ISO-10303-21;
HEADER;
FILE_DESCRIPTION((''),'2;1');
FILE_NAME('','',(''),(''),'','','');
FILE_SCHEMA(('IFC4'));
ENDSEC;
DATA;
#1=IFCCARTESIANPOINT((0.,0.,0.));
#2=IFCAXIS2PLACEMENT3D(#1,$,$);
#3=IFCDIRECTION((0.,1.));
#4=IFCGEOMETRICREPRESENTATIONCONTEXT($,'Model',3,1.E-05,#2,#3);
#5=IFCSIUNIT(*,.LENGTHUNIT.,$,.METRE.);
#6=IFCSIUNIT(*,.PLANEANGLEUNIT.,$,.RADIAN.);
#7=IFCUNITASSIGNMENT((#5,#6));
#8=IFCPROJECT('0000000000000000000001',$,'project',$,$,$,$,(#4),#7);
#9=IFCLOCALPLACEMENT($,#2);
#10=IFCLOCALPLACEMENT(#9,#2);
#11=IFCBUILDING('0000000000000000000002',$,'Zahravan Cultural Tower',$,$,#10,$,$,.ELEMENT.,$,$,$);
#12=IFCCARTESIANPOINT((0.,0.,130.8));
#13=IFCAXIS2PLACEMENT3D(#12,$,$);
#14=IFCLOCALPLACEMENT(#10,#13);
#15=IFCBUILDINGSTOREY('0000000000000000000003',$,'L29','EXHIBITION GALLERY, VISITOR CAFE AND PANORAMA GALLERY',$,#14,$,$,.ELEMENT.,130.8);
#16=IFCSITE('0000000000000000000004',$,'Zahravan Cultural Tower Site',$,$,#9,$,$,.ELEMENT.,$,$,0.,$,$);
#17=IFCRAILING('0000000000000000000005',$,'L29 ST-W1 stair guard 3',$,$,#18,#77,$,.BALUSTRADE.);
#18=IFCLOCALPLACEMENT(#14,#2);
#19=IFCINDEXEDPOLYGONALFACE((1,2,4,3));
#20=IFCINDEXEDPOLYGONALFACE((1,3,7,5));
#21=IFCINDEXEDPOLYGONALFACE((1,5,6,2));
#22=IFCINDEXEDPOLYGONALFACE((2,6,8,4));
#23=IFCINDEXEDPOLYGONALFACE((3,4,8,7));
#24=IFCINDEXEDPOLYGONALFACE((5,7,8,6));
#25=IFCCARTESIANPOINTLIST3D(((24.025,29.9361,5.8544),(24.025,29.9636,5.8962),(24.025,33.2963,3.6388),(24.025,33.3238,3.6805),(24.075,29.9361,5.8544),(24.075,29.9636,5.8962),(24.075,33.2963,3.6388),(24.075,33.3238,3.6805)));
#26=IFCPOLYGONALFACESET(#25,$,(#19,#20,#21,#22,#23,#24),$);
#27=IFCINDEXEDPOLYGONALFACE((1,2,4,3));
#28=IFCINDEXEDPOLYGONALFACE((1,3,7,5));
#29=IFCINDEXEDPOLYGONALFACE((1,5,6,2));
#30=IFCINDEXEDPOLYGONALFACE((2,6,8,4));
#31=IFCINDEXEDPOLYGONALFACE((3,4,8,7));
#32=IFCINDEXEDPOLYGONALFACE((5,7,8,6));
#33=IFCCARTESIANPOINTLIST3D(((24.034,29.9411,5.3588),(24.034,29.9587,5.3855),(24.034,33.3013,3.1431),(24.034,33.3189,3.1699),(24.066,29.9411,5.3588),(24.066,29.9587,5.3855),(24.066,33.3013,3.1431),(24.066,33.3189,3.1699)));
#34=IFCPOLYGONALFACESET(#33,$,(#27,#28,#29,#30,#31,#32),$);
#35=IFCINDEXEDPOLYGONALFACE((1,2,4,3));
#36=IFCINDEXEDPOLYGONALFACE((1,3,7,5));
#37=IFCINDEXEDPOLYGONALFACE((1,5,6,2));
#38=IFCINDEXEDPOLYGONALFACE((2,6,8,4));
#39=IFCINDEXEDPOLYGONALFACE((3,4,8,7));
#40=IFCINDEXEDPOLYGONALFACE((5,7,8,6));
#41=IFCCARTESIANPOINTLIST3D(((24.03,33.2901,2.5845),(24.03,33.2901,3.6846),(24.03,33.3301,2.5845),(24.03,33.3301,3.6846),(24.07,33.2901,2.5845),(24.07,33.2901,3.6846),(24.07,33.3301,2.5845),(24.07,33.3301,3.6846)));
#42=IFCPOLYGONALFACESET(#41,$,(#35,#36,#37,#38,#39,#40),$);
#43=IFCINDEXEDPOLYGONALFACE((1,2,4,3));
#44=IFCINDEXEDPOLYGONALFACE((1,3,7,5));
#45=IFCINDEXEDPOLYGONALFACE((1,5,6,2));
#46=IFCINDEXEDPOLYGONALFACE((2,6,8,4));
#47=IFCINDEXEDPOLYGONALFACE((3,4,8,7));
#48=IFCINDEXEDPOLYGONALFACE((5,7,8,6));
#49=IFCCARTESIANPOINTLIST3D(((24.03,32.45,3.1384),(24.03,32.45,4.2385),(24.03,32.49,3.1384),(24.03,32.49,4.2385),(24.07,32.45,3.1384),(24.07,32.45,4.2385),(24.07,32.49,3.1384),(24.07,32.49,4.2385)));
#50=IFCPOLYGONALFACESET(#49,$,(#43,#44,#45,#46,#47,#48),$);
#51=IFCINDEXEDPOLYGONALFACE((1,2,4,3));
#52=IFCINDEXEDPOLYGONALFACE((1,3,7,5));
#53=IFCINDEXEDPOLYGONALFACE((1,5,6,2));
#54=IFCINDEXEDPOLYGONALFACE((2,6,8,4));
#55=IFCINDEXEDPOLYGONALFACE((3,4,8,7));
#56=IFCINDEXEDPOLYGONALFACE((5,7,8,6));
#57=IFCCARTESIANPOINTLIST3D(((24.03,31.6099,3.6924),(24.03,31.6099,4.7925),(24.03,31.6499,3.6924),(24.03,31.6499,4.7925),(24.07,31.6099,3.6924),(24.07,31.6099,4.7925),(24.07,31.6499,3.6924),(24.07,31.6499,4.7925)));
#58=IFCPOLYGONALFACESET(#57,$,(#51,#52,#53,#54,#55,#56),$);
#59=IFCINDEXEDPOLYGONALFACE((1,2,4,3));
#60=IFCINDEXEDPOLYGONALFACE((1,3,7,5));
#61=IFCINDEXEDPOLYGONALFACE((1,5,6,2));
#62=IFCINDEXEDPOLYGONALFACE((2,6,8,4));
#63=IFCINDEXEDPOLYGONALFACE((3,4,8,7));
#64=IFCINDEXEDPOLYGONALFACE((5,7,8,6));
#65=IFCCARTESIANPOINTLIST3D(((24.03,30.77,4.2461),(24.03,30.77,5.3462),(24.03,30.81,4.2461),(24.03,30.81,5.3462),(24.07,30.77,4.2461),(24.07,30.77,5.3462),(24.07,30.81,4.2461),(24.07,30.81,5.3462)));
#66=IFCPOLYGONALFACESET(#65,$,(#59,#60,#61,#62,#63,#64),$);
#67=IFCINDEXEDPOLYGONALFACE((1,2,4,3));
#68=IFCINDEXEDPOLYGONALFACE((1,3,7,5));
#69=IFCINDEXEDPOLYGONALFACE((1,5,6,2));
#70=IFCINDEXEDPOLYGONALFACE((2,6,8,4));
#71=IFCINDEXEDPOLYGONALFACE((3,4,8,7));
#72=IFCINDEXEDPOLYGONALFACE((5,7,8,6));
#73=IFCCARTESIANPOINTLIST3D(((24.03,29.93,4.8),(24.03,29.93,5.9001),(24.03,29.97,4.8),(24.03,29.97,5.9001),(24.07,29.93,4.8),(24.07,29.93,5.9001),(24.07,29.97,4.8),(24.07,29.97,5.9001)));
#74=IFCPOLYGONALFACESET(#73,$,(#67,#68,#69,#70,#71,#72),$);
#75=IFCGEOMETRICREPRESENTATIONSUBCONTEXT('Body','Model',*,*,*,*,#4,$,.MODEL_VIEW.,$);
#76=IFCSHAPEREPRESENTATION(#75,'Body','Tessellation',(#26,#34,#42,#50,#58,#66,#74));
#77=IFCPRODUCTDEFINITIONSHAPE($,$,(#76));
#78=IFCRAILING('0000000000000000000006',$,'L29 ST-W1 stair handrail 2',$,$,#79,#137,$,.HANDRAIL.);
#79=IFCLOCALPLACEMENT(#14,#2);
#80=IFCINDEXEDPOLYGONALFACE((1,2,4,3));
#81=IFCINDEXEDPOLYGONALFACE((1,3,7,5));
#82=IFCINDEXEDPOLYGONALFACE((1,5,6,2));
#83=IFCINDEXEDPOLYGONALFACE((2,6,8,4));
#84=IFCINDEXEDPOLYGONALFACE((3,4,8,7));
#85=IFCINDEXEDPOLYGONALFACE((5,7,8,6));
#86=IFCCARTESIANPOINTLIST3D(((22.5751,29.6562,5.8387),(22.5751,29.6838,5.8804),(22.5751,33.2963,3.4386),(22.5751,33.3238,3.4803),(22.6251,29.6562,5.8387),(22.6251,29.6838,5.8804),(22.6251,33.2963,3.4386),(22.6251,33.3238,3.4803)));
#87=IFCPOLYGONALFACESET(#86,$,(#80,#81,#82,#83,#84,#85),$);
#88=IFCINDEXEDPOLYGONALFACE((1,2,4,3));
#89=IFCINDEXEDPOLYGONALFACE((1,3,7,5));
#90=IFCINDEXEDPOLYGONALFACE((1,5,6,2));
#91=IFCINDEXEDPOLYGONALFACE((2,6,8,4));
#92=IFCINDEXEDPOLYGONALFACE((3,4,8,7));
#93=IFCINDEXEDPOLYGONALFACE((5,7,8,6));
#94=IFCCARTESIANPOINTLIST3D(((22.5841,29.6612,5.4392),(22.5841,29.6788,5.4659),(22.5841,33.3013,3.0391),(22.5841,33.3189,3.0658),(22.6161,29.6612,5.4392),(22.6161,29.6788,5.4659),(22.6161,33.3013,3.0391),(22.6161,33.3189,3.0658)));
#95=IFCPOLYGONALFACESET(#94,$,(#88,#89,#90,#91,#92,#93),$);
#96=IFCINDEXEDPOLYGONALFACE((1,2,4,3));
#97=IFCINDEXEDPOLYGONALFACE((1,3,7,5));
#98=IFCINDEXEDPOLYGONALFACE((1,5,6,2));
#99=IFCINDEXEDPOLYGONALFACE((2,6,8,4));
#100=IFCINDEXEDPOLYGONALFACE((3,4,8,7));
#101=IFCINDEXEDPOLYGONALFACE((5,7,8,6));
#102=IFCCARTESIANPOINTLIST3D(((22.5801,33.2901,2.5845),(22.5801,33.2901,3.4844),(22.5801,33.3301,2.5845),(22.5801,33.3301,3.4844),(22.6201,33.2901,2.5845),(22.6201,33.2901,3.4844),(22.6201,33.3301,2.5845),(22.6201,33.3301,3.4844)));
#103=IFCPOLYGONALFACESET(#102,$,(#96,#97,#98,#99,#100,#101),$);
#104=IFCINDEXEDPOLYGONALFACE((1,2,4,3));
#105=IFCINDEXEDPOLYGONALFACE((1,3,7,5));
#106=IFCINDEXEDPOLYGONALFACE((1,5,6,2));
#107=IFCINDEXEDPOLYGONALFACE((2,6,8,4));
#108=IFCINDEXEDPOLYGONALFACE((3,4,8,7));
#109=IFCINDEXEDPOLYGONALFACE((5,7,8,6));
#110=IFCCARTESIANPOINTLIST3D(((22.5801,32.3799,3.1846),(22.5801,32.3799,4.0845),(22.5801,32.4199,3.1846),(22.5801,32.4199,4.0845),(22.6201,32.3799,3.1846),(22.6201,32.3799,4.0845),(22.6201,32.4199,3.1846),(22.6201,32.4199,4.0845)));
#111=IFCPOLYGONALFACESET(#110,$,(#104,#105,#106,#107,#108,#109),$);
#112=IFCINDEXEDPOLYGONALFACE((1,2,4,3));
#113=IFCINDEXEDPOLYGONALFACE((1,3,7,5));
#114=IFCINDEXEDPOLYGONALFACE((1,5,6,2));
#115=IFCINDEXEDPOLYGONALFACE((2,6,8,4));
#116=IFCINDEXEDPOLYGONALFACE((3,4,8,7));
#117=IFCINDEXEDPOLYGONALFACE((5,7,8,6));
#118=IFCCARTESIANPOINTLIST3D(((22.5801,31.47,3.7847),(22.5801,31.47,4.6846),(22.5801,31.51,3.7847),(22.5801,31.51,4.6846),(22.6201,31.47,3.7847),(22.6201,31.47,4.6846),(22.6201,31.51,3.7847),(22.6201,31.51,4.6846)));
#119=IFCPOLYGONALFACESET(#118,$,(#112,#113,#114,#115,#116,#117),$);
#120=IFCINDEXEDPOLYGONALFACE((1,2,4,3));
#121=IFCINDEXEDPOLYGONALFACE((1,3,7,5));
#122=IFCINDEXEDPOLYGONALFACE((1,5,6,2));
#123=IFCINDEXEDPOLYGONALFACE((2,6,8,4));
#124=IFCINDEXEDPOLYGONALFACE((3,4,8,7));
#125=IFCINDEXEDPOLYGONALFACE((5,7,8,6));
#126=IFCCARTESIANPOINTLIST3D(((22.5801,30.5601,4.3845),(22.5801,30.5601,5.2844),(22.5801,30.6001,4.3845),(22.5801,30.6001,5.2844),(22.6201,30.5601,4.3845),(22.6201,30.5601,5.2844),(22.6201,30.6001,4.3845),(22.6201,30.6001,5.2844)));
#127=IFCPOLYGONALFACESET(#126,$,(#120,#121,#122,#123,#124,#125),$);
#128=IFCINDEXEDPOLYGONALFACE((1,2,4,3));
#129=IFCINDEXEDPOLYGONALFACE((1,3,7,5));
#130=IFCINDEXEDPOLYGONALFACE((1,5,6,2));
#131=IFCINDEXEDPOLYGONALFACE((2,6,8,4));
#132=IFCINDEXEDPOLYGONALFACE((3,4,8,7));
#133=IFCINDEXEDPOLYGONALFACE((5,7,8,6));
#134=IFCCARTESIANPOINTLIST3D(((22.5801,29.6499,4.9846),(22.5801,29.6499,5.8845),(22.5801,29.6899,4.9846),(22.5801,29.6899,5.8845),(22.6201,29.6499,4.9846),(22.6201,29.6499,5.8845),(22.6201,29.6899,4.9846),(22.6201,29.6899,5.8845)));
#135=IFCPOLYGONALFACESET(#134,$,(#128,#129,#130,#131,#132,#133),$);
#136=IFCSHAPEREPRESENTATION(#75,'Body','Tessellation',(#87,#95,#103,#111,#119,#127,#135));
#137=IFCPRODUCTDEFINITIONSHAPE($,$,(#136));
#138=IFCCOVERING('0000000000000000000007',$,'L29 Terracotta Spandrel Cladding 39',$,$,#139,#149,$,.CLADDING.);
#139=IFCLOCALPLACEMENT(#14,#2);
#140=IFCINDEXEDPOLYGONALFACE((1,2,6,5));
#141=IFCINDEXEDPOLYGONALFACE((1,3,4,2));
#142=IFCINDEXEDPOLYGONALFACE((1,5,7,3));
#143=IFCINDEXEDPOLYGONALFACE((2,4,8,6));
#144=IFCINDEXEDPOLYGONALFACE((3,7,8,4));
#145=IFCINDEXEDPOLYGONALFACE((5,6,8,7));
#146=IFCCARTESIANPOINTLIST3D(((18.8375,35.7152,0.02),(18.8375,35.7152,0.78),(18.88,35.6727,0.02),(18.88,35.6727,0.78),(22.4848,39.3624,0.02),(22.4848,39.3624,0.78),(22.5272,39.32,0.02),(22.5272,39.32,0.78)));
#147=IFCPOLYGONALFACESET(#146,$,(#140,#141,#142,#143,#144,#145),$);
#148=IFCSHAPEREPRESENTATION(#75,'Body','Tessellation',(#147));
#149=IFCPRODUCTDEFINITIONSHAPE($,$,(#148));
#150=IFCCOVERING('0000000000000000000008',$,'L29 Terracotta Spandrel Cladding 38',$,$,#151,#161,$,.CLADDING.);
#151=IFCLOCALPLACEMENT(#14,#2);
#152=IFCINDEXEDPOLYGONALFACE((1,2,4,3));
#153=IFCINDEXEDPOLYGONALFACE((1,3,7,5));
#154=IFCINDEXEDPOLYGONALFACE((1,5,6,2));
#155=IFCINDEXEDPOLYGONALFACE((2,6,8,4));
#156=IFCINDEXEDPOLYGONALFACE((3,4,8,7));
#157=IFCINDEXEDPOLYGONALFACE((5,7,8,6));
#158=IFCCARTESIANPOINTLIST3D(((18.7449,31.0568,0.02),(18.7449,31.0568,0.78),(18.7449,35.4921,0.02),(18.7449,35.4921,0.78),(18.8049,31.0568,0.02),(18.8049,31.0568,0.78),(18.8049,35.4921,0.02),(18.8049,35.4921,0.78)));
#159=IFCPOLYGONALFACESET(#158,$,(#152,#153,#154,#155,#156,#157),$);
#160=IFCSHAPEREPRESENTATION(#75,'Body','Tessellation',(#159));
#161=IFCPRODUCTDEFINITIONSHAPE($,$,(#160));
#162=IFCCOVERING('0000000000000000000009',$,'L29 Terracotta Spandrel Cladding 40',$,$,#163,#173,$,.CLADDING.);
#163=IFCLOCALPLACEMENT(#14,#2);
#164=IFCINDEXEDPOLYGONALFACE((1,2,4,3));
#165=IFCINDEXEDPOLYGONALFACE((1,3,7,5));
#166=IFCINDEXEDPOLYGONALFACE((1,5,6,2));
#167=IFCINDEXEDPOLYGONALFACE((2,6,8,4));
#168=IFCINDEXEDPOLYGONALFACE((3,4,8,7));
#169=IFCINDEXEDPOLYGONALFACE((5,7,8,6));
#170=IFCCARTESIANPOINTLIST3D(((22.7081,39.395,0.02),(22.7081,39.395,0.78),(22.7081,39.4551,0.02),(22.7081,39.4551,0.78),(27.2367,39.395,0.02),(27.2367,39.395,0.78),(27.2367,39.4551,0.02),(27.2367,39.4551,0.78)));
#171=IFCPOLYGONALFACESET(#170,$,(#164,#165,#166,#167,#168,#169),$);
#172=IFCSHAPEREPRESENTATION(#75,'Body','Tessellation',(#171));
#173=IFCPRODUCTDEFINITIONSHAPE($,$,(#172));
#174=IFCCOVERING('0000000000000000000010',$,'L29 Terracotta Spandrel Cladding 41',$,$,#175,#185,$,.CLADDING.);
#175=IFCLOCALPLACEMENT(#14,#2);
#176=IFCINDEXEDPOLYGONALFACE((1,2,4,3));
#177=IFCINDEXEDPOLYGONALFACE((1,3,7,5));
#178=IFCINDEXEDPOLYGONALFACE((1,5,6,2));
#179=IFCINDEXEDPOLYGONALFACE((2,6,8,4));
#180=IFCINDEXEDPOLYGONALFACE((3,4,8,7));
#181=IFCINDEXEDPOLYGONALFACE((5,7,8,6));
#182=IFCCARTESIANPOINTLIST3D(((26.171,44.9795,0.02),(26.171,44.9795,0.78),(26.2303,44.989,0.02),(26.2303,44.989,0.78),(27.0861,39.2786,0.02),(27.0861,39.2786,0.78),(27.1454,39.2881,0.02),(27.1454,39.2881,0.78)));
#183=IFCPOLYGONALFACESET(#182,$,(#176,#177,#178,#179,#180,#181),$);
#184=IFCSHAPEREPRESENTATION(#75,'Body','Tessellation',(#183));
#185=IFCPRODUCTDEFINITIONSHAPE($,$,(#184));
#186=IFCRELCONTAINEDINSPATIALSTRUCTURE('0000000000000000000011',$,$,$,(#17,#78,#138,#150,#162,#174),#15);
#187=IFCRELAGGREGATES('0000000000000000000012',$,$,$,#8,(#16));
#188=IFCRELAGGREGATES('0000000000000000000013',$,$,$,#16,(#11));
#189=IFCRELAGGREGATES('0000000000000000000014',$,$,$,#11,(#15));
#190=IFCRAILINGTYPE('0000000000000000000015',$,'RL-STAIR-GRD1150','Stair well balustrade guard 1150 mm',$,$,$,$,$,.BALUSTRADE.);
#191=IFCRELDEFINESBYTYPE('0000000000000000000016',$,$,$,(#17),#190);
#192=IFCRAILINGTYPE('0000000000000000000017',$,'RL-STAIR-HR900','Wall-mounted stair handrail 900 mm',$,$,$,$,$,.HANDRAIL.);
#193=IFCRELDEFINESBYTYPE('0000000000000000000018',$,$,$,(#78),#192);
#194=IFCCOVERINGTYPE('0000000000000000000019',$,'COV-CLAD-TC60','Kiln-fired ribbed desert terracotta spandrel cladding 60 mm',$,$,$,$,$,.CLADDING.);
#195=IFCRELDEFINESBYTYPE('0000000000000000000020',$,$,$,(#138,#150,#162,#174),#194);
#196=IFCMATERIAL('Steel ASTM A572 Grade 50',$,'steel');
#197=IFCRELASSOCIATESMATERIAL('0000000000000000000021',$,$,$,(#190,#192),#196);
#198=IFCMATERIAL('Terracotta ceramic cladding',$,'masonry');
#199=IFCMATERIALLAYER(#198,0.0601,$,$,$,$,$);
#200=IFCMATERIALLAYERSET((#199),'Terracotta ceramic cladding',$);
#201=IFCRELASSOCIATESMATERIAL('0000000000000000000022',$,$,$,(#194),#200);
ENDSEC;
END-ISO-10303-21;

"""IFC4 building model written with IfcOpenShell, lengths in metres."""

from ifc_helpers import new_model, si_unit, direction, frame, origin, origin_2d, place, context, subcontext, project, spatial, rectangle, extrude, source, transform, mapped, material, layer, layer_set, type_object, element, save


model = new_model("IFC4")

# Units and contexts
model_context = context("Model", 3, precision=1e-05, world=origin(), true_north=direction((0.0, 1.0)))
body_context = subcontext(model_context, "Body", "Model", "MODEL_VIEW")
ifc_project = project(units=[si_unit("LENGTHUNIT", "METRE"), si_unit("PLANEANGLEUNIT", "RADIAN")], contexts=[model_context])

# Site, building, storey
site_placement = place(None, origin())
site = spatial("IfcSite", under=ifc_project, at=site_placement, Name="Zahravan Cultural Tower Site", CompositionType="ELEMENT", RefElevation=0.0)
building_placement = place(site_placement, origin())
building = spatial("IfcBuilding", under=site, at=building_placement, Name="Zahravan Cultural Tower", CompositionType="ELEMENT")
storey_placement = place(building_placement, frame((0.0, 0.0, 130.8)))
storey = spatial("IfcBuildingStorey", under=building, at=storey_placement, Name="L29", Description="EXHIBITION GALLERY, VISITOR CAFE AND PANORAMA GALLERY", CompositionType="ELEMENT", Elevation=130.8)

# Shared definitions
ifc_material_1 = material(Name="Steel ASTM A572 Grade 50", Category="steel")

# Railings
railing_type_1 = type_object("IfcRailingType", Name="RL-STAIR-GRD1150", Description="Stair well balustrade guard 1150 mm", PredefinedType="BALUSTRADE", material=ifc_material_1)
railing_1_placement = place(storey_placement, frame((24.05, 33.3101, 2.5845)))
element("IfcRailing", 1, at=railing_1_placement, inside=storey, type_object=railing_type_1, Name="L29 ST-W1 stair guard 3", PredefinedType="BALUSTRADE", context=body_context, shape_type="SweptSolid", body=[
    extrude(rectangle(XDim=0.05, YDim=0.05, at=origin_2d()), frame((0.0, 0.0, 1.0752), z_axis=(0.0, -0.834849, 0.55048), x_axis=(1.0, 0.0, 0.0)), (0.0, 0.0, 1.0), 4.0249),
    extrude(rectangle(XDim=0.032, YDim=0.032, at=origin_2d()), frame((0.0, 0.0, 0.572), z_axis=(0.0, -0.834849, 0.55048), x_axis=(1.0, 0.0, 0.0)), (0.0, 0.0, 1.0), 4.0249),
    extrude(rectangle(XDim=0.04, YDim=0.04, at=origin_2d()), origin(), (0.0, 0.0, 1.0), 1.1001),
    extrude(rectangle(XDim=0.04, YDim=0.04, at=origin_2d()), frame((0.0, -0.8401, 0.554)), (0.0, 0.0, 1.0), 1.1001),
    extrude(rectangle(XDim=0.04, YDim=0.04, at=origin_2d()), frame((0.0, -1.6802, 1.1079)), (0.0, 0.0, 1.0), 1.1001),
    extrude(rectangle(XDim=0.04, YDim=0.04, at=origin_2d()), frame((0.0, -2.52, 1.6616)), (0.0, 0.0, 1.0), 1.1001),
    extrude(rectangle(XDim=0.04, YDim=0.04, at=origin_2d()), frame((0.0, -3.3601, 2.2156)), (0.0, 0.0, 1.0), 1.1001),
])
railing_type_2 = type_object("IfcRailingType", Name="RL-STAIR-HR900", Description="Wall-mounted stair handrail 900 mm", PredefinedType="HANDRAIL", material=ifc_material_1)
railing_2_placement = place(storey_placement, frame((22.6001, 33.3101, 2.5845)))
element("IfcRailing", 2, at=railing_2_placement, inside=storey, type_object=railing_type_2, Name="L29 ST-W1 stair handrail 2", PredefinedType="HANDRAIL", context=body_context, shape_type="SweptSolid", body=[
    extrude(rectangle(XDim=0.05, YDim=0.05, at=origin_2d()), frame((0.0, 0.0, 0.875), z_axis=(0.0, -0.834856, 0.550468), x_axis=(1.0, 0.0, 0.0)), (0.0, 0.0, 1.0), 4.3601),
    extrude(rectangle(XDim=0.032, YDim=0.032, at=origin_2d()), frame((0.0, 0.0, 0.468), z_axis=(0.0, -0.834856, 0.550468), x_axis=(1.0, 0.0, 0.0)), (0.0, 0.0, 1.0), 4.3601),
    extrude(rectangle(XDim=0.04, YDim=0.04, at=origin_2d()), origin(), (0.0, 0.0, 1.0), 0.8999),
    extrude(rectangle(XDim=0.04, YDim=0.04, at=origin_2d()), frame((0.0, -0.9102, 0.6001)), (0.0, 0.0, 1.0), 0.8999),
    extrude(rectangle(XDim=0.04, YDim=0.04, at=origin_2d()), frame((0.0, -1.8201, 1.2002)), (0.0, 0.0, 1.0), 0.8999),
    extrude(rectangle(XDim=0.04, YDim=0.04, at=origin_2d()), frame((0.0, -2.73, 1.8)), (0.0, 0.0, 1.0), 0.8999),
    extrude(rectangle(XDim=0.04, YDim=0.04, at=origin_2d()), frame((0.0, -3.6401, 2.4001)), (0.0, 0.0, 1.0), 0.8999),
])

# Coverings
ifc_material_2 = material(Name="Terracotta ceramic cladding", Category="masonry")
ifc_layer_1 = layer(ifc_material_2, 0.0601)
ifc_layer_set_1 = layer_set([ifc_layer_1], Name="Terracotta ceramic cladding")
covering_type = type_object("IfcCoveringType", Name="COV-CLAD-TC60", Description="Kiln-fired ribbed desert terracotta spandrel cladding 60 mm", PredefinedType="CLADDING", material=ifc_layer_set_1)
shared_shape_1 = source(origin(), body_context, "Body", "SweptSolid", [
    extrude(rectangle(XDim=5.158, YDim=0.0601, at=origin_2d()), origin(), (0.0, 0.0, 1.0), 0.76),
])
covering_1_placement = place(storey_placement, frame((20.6824, 37.5176, 0.02), z_axis=(0.0, 0.0, 1.0), x_axis=(0.707107, 0.707107, 0.0)))
element("IfcCovering", 3, at=covering_1_placement, inside=storey, type_object=covering_type, Name="L29 Terracotta Spandrel Cladding 39", PredefinedType="CLADDING", context=body_context, shape_type="MappedRepresentation", body=[
    mapped(shared_shape_1, transform((0.0, 0.0, 0.0), x_axis=(1.0, 0.0, 0.0), y_axis=(0.0, 1.0, 0.0), z_axis=(0.0, 0.0, 1.0), scale=1.0)),
])
shared_shape_2 = source(origin(), body_context, "Body", "SweptSolid", [
    extrude(rectangle(XDim=4.4353, YDim=0.0601, at=origin_2d()), origin(), (0.0, 0.0, 1.0), 0.76),
])
covering_2_placement = place(storey_placement, frame((18.7749, 33.2744, 0.02), z_axis=(0.0, 0.0, 1.0), x_axis=(0.0, 1.0, 0.0)))
element("IfcCovering", 4, at=covering_2_placement, inside=storey, type_object=covering_type, Name="L29 Terracotta Spandrel Cladding 38", PredefinedType="CLADDING", context=body_context, shape_type="MappedRepresentation", body=[
    mapped(shared_shape_2, transform((0.0, 0.0, 0.0), x_axis=(1.0, 0.0, 0.0), y_axis=(0.0, 1.0, 0.0), z_axis=(0.0, 0.0, 1.0), scale=1.0)),
])
shared_shape_3 = source(origin(), body_context, "Body", "SweptSolid", [
    extrude(rectangle(XDim=4.5286, YDim=0.0601, at=origin_2d()), origin(), (0.0, 0.0, 1.0), 0.76),
])
covering_3_placement = place(storey_placement, frame((24.9724, 39.425, 0.02), z_axis=(0.0, 0.0, 1.0), x_axis=(1.0, 0.0, 0.0)))
element("IfcCovering", 5, at=covering_3_placement, inside=storey, type_object=covering_type, Name="L29 Terracotta Spandrel Cladding 40", PredefinedType="CLADDING", context=body_context, shape_type="MappedRepresentation", body=[
    mapped(shared_shape_3, transform((0.0, 0.0, 0.0), x_axis=(1.0, 0.0, 0.0), y_axis=(0.0, 1.0, 0.0), z_axis=(0.0, 0.0, 1.0), scale=1.0)),
])
shared_shape_4 = source(origin(), body_context, "Body", "SweptSolid", [
    extrude(rectangle(XDim=5.7739, YDim=0.0601, at=origin_2d()), origin(), (0.0, 0.0, 1.0), 0.76),
])
covering_4_placement = place(storey_placement, frame((26.6582, 42.1338, 0.02), z_axis=(0.0, 0.0, 1.0), x_axis=(-0.158503, 0.987359, 0.0)))
element("IfcCovering", 6, at=covering_4_placement, inside=storey, type_object=covering_type, Name="L29 Terracotta Spandrel Cladding 41", PredefinedType="CLADDING", context=body_context, shape_type="MappedRepresentation", body=[
    mapped(shared_shape_4, transform((0.0, 0.0, 0.0), x_axis=(1.0, 0.0, 0.0), y_axis=(0.0, 1.0, 0.0), z_axis=(0.0, 0.0, 1.0), scale=1.0)),
])

save(model, "model.ifc")
